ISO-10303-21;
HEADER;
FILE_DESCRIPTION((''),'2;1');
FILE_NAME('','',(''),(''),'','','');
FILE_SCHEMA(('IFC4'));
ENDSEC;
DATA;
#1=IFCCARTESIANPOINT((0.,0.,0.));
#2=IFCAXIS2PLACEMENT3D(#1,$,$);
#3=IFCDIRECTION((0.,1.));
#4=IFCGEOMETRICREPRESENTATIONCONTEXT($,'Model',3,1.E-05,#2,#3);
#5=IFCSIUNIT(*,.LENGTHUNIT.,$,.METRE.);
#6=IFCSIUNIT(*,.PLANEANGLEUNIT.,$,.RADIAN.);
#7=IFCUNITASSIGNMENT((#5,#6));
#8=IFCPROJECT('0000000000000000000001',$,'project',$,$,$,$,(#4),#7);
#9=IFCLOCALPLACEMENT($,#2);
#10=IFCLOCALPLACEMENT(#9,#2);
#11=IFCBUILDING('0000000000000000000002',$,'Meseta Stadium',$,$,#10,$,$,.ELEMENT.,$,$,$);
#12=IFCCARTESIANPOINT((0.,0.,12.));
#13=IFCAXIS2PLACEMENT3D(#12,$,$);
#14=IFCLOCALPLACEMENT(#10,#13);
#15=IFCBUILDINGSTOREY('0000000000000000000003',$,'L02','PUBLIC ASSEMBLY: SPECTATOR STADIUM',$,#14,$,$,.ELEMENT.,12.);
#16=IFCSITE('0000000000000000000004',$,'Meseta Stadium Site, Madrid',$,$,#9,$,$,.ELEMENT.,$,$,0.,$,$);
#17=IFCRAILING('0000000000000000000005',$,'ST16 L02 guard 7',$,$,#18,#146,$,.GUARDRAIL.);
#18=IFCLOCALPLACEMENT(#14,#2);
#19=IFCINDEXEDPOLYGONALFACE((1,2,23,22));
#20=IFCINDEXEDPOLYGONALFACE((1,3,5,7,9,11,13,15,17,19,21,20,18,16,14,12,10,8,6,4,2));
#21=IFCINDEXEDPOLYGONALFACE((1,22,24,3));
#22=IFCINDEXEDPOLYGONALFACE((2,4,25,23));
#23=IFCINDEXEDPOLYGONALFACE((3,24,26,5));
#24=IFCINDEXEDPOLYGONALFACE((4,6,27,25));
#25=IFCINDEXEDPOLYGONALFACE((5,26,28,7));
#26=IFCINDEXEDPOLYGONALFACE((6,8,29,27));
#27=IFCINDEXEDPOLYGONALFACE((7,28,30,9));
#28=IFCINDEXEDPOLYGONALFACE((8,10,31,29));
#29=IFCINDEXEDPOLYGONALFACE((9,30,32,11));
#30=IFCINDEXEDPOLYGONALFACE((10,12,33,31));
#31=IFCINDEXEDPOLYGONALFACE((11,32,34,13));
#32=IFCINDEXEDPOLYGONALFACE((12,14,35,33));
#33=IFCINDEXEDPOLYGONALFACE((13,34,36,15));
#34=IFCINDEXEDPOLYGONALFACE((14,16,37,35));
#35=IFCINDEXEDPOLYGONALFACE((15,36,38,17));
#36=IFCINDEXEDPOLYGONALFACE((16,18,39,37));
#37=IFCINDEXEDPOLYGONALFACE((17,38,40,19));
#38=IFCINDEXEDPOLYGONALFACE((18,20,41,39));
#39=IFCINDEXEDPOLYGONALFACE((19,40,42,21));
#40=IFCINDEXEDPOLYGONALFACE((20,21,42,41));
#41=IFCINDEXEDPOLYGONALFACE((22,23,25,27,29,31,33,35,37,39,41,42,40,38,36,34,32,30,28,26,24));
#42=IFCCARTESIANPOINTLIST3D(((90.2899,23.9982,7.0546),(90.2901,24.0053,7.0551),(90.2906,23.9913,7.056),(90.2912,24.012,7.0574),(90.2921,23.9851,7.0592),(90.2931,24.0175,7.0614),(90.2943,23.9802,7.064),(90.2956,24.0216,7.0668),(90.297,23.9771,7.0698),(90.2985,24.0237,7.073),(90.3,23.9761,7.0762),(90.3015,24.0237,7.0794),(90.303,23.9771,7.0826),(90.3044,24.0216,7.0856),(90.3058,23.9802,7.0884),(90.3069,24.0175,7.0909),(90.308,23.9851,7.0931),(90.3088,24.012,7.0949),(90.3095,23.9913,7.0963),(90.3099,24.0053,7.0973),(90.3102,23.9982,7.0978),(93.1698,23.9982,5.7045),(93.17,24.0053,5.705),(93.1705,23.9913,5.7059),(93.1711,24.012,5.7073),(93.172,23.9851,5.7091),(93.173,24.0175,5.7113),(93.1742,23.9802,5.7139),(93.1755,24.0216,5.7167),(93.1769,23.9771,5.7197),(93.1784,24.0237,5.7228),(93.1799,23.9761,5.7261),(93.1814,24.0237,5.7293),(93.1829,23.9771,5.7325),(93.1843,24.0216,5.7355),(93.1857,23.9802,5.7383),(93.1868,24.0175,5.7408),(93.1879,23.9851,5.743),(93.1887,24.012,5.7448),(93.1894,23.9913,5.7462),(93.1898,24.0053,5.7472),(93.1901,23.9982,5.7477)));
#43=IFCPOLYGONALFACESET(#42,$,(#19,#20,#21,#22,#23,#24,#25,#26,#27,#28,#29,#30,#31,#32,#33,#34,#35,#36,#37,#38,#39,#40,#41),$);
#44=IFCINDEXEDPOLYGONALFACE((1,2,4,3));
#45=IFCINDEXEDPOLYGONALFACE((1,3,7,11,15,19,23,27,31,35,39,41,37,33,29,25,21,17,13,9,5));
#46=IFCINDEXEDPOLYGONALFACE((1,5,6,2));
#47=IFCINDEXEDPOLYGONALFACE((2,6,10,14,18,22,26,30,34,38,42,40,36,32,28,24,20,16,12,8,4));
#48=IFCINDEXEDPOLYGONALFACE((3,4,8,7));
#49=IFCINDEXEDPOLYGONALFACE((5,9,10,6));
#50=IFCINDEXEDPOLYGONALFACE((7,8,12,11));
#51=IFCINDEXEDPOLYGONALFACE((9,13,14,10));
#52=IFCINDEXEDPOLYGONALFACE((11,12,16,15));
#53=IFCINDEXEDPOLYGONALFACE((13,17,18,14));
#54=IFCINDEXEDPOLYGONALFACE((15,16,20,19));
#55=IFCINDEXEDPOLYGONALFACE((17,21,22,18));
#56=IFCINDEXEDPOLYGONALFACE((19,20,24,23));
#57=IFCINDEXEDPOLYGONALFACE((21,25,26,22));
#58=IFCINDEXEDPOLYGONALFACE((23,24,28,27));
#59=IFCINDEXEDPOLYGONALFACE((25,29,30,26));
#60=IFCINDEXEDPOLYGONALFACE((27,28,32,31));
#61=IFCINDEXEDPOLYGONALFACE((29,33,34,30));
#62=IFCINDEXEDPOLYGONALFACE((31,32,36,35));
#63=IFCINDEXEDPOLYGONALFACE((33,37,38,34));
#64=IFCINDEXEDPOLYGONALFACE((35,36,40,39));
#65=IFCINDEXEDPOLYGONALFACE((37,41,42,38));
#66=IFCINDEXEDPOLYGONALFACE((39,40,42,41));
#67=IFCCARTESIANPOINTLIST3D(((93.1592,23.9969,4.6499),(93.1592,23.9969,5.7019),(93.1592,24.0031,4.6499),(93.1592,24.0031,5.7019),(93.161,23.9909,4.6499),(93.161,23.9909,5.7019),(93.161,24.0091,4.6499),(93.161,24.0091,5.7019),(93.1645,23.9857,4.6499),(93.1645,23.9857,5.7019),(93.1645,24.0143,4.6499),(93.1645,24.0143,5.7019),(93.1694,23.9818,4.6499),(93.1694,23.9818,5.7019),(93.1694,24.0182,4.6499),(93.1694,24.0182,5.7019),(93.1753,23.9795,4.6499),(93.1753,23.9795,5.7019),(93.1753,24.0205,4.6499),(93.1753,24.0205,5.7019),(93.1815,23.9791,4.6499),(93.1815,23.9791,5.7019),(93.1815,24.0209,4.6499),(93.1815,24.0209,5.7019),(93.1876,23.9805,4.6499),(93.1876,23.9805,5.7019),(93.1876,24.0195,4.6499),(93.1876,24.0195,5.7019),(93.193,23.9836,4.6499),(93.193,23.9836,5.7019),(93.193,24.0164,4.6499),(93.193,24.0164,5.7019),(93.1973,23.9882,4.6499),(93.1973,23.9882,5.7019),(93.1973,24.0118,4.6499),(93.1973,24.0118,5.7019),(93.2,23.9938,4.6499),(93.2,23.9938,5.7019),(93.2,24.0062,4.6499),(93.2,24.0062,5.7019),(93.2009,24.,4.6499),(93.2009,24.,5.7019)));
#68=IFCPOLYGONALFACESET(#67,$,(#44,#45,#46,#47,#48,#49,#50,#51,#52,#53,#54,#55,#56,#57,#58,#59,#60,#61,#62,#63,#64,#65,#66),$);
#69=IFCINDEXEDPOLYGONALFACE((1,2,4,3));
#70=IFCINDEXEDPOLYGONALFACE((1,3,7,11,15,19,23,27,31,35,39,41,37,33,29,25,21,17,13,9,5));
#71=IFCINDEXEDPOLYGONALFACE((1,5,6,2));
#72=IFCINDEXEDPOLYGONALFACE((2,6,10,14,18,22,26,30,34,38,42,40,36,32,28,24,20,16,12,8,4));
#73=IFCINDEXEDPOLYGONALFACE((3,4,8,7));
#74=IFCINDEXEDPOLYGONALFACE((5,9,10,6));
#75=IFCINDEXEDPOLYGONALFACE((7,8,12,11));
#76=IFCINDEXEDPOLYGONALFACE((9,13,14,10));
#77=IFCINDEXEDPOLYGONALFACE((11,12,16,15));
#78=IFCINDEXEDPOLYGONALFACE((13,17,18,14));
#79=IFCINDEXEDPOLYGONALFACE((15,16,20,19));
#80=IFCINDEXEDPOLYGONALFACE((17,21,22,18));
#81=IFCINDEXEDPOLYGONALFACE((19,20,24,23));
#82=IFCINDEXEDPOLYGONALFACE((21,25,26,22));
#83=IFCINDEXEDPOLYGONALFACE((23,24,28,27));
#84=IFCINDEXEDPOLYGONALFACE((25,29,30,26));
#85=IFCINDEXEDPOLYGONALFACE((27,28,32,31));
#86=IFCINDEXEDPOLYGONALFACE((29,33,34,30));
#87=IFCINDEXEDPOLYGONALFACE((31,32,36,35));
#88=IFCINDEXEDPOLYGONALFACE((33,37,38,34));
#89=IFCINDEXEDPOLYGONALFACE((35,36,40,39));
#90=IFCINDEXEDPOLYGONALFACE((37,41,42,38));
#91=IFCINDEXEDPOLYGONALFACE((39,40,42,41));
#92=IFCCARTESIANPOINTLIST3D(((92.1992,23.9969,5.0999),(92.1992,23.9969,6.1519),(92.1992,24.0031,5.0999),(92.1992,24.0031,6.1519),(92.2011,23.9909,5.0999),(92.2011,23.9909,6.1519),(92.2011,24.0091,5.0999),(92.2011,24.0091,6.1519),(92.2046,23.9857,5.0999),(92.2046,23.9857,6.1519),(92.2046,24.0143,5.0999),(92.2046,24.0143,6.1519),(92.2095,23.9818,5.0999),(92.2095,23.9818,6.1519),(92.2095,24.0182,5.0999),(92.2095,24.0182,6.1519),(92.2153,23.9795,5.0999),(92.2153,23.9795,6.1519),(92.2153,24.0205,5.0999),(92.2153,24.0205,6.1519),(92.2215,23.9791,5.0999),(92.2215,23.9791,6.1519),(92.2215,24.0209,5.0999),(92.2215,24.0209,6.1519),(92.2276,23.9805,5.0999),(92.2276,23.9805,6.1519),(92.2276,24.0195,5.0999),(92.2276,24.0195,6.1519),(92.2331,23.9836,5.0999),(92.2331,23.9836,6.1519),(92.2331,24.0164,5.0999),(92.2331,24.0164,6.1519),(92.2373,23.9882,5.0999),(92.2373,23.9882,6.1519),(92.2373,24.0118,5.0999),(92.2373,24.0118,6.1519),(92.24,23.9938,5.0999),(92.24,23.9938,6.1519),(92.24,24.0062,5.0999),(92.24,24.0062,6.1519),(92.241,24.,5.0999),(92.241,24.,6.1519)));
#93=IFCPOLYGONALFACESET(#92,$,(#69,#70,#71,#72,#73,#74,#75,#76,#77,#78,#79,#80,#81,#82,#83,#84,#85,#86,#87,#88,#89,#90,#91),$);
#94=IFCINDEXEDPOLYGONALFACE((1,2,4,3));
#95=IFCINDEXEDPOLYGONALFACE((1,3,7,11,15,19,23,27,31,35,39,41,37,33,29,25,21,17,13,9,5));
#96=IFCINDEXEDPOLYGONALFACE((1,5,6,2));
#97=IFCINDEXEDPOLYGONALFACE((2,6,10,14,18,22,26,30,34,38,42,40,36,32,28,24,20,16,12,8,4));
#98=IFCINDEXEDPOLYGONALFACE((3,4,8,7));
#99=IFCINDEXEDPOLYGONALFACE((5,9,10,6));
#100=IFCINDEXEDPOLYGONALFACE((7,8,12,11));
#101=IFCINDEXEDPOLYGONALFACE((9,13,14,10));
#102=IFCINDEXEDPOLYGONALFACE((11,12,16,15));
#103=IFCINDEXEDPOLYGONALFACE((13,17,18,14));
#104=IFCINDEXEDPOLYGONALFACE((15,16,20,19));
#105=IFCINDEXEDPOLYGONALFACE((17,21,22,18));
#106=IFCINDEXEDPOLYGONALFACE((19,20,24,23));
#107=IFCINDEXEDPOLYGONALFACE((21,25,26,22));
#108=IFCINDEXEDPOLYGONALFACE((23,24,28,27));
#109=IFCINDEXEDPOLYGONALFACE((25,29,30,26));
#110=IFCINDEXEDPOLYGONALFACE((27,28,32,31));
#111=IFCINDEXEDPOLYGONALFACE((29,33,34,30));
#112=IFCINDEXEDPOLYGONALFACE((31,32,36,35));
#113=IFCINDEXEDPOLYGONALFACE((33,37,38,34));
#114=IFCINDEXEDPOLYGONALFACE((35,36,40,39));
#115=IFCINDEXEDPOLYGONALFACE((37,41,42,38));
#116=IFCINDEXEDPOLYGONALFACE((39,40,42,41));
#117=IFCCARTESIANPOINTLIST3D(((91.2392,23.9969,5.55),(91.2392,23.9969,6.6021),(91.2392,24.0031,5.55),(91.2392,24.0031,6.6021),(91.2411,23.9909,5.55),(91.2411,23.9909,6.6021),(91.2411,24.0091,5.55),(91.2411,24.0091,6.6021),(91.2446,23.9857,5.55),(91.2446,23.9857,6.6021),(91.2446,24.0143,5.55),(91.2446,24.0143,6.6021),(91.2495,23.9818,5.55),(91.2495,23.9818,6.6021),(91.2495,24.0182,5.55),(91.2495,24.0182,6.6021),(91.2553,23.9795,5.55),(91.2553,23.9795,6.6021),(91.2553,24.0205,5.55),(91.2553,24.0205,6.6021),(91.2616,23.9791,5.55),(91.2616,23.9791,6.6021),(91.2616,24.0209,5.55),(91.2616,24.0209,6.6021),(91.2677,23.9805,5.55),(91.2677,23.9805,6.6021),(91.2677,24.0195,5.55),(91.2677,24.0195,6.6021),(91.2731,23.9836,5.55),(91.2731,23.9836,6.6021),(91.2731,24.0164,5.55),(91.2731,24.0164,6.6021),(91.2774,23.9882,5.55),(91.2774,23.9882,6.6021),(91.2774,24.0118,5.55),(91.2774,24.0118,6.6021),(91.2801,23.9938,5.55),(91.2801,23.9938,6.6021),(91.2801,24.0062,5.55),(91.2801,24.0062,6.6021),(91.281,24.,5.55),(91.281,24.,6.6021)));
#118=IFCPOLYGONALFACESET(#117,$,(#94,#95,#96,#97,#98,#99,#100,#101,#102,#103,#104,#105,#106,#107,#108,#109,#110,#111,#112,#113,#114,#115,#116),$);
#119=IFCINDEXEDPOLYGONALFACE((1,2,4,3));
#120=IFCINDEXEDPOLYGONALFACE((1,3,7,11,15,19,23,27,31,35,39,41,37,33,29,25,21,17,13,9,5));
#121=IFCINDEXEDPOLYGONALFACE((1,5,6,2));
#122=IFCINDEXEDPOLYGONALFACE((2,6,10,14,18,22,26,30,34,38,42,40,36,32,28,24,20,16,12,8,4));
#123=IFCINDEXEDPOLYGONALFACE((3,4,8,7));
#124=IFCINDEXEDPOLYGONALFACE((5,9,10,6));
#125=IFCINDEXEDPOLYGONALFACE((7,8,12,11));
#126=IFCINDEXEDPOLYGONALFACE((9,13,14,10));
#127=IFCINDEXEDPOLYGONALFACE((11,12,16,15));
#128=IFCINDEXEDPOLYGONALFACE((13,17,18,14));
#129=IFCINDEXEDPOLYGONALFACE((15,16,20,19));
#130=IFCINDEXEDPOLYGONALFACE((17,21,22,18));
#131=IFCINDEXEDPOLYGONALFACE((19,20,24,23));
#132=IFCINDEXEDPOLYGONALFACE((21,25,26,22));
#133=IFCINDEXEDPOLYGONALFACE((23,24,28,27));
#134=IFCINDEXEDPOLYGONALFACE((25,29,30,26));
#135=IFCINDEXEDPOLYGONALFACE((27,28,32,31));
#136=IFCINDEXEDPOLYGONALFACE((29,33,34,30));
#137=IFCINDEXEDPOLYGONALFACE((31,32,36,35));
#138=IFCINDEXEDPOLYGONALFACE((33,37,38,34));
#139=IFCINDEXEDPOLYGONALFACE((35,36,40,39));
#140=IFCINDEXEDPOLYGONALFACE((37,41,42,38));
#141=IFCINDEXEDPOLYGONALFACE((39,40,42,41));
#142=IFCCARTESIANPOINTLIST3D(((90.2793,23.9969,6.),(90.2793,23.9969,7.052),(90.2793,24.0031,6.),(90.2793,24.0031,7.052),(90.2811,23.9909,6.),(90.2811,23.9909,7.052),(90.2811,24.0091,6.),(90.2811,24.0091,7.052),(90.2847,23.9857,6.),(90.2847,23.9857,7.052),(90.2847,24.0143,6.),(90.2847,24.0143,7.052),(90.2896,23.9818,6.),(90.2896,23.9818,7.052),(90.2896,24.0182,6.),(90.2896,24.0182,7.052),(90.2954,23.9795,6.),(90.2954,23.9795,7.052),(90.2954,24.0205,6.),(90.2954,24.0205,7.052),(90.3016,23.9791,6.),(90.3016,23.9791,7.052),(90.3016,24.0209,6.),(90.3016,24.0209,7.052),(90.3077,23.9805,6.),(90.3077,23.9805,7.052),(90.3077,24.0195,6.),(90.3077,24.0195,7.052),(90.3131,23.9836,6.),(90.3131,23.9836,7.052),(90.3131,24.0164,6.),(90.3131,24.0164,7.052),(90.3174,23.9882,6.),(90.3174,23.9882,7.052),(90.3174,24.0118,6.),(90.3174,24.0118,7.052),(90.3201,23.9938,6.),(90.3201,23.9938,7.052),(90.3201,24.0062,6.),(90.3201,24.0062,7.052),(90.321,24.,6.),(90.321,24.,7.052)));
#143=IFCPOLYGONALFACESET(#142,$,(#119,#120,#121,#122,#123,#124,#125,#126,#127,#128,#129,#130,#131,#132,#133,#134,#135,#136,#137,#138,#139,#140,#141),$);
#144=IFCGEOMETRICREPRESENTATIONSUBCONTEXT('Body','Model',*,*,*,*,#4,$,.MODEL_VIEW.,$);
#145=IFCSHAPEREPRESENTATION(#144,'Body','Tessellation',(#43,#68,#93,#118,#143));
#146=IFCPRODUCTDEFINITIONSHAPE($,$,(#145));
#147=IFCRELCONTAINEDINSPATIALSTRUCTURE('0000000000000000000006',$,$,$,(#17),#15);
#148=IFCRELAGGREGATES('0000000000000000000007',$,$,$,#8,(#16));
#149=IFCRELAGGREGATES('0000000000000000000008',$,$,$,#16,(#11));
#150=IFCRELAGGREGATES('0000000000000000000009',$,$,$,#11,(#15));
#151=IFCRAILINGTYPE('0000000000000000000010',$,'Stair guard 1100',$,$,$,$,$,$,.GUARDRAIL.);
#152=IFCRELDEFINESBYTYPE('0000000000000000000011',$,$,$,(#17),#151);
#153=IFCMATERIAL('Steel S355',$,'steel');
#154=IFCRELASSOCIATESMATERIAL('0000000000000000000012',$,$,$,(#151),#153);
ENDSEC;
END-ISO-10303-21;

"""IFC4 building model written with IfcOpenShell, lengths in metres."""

from ifc_helpers import new_model, si_unit, direction, frame, origin, origin_2d, place, context, subcontext, project, spatial, circle, extrude, material, type_object, element, save


model = new_model("IFC4")

# Units and contexts
model_context = context("Model", 3, precision=1e-05, world=origin(), true_north=direction((0.0, 1.0)))
body_context = subcontext(model_context, "Body", "Model", "MODEL_VIEW")
ifc_project = project(units=[si_unit("LENGTHUNIT", "METRE"), si_unit("PLANEANGLEUNIT", "RADIAN")], contexts=[model_context])

# Site, building, storey
site_placement = place(None, origin())
site = spatial("IfcSite", under=ifc_project, at=site_placement, Name="Meseta Stadium Site, Madrid", CompositionType="ELEMENT", RefElevation=0.0)
building_placement = place(site_placement, origin())
building = spatial("IfcBuilding", under=site, at=building_placement, Name="Meseta Stadium", CompositionType="ELEMENT")
storey_placement = place(building_placement, frame((0.0, 0.0, 12.0)))
storey = spatial("IfcBuildingStorey", under=building, at=storey_placement, Name="L02", Description="PUBLIC ASSEMBLY: SPECTATOR STADIUM", CompositionType="ELEMENT", Elevation=12.0)

# Railing
ifc_material_1 = material(Name="Steel S355", Category="steel")
railing_type_1 = type_object("IfcRailingType", Name="Stair guard 1100", PredefinedType="GUARDRAIL", material=ifc_material_1)
for number, where, name in (
    (1, (93.1799, 24.0, 4.6499), "ST16 L02 guard 7"),
):
    element("IfcRailing", number, at=place(storey_placement, frame(where)), inside=storey, type_object=railing_type_1, Name=name, PredefinedType="GUARDRAIL", context=body_context, shape_type="SweptSolid", body=[
        extrude(circle(Radius=0.0239, at=origin_2d()), frame((0.0, 0.0, 1.0762), z_axis=(-0.90544, 0.0, 0.424473), x_axis=(0.0, -1.0, 0.0)), (0.0, 0.0, 1.0), 3.1807),
        extrude(circle(Radius=0.021, at=origin_2d()), origin(), (0.0, 0.0, 1.0), 1.052),
        extrude(circle(Radius=0.021, at=origin_2d()), frame((-0.96, 0.0, 0.45)), (0.0, 0.0, 1.0), 1.052),
        extrude(circle(Radius=0.021, at=origin_2d()), frame((-1.9199, 0.0, 0.9001)), (0.0, 0.0, 1.0), 1.052),
        extrude(circle(Radius=0.021, at=origin_2d()), frame((-2.8799, 0.0, 1.3501)), (0.0, 0.0, 1.0), 1.052),
    ])

save(model, "model.ifc")
